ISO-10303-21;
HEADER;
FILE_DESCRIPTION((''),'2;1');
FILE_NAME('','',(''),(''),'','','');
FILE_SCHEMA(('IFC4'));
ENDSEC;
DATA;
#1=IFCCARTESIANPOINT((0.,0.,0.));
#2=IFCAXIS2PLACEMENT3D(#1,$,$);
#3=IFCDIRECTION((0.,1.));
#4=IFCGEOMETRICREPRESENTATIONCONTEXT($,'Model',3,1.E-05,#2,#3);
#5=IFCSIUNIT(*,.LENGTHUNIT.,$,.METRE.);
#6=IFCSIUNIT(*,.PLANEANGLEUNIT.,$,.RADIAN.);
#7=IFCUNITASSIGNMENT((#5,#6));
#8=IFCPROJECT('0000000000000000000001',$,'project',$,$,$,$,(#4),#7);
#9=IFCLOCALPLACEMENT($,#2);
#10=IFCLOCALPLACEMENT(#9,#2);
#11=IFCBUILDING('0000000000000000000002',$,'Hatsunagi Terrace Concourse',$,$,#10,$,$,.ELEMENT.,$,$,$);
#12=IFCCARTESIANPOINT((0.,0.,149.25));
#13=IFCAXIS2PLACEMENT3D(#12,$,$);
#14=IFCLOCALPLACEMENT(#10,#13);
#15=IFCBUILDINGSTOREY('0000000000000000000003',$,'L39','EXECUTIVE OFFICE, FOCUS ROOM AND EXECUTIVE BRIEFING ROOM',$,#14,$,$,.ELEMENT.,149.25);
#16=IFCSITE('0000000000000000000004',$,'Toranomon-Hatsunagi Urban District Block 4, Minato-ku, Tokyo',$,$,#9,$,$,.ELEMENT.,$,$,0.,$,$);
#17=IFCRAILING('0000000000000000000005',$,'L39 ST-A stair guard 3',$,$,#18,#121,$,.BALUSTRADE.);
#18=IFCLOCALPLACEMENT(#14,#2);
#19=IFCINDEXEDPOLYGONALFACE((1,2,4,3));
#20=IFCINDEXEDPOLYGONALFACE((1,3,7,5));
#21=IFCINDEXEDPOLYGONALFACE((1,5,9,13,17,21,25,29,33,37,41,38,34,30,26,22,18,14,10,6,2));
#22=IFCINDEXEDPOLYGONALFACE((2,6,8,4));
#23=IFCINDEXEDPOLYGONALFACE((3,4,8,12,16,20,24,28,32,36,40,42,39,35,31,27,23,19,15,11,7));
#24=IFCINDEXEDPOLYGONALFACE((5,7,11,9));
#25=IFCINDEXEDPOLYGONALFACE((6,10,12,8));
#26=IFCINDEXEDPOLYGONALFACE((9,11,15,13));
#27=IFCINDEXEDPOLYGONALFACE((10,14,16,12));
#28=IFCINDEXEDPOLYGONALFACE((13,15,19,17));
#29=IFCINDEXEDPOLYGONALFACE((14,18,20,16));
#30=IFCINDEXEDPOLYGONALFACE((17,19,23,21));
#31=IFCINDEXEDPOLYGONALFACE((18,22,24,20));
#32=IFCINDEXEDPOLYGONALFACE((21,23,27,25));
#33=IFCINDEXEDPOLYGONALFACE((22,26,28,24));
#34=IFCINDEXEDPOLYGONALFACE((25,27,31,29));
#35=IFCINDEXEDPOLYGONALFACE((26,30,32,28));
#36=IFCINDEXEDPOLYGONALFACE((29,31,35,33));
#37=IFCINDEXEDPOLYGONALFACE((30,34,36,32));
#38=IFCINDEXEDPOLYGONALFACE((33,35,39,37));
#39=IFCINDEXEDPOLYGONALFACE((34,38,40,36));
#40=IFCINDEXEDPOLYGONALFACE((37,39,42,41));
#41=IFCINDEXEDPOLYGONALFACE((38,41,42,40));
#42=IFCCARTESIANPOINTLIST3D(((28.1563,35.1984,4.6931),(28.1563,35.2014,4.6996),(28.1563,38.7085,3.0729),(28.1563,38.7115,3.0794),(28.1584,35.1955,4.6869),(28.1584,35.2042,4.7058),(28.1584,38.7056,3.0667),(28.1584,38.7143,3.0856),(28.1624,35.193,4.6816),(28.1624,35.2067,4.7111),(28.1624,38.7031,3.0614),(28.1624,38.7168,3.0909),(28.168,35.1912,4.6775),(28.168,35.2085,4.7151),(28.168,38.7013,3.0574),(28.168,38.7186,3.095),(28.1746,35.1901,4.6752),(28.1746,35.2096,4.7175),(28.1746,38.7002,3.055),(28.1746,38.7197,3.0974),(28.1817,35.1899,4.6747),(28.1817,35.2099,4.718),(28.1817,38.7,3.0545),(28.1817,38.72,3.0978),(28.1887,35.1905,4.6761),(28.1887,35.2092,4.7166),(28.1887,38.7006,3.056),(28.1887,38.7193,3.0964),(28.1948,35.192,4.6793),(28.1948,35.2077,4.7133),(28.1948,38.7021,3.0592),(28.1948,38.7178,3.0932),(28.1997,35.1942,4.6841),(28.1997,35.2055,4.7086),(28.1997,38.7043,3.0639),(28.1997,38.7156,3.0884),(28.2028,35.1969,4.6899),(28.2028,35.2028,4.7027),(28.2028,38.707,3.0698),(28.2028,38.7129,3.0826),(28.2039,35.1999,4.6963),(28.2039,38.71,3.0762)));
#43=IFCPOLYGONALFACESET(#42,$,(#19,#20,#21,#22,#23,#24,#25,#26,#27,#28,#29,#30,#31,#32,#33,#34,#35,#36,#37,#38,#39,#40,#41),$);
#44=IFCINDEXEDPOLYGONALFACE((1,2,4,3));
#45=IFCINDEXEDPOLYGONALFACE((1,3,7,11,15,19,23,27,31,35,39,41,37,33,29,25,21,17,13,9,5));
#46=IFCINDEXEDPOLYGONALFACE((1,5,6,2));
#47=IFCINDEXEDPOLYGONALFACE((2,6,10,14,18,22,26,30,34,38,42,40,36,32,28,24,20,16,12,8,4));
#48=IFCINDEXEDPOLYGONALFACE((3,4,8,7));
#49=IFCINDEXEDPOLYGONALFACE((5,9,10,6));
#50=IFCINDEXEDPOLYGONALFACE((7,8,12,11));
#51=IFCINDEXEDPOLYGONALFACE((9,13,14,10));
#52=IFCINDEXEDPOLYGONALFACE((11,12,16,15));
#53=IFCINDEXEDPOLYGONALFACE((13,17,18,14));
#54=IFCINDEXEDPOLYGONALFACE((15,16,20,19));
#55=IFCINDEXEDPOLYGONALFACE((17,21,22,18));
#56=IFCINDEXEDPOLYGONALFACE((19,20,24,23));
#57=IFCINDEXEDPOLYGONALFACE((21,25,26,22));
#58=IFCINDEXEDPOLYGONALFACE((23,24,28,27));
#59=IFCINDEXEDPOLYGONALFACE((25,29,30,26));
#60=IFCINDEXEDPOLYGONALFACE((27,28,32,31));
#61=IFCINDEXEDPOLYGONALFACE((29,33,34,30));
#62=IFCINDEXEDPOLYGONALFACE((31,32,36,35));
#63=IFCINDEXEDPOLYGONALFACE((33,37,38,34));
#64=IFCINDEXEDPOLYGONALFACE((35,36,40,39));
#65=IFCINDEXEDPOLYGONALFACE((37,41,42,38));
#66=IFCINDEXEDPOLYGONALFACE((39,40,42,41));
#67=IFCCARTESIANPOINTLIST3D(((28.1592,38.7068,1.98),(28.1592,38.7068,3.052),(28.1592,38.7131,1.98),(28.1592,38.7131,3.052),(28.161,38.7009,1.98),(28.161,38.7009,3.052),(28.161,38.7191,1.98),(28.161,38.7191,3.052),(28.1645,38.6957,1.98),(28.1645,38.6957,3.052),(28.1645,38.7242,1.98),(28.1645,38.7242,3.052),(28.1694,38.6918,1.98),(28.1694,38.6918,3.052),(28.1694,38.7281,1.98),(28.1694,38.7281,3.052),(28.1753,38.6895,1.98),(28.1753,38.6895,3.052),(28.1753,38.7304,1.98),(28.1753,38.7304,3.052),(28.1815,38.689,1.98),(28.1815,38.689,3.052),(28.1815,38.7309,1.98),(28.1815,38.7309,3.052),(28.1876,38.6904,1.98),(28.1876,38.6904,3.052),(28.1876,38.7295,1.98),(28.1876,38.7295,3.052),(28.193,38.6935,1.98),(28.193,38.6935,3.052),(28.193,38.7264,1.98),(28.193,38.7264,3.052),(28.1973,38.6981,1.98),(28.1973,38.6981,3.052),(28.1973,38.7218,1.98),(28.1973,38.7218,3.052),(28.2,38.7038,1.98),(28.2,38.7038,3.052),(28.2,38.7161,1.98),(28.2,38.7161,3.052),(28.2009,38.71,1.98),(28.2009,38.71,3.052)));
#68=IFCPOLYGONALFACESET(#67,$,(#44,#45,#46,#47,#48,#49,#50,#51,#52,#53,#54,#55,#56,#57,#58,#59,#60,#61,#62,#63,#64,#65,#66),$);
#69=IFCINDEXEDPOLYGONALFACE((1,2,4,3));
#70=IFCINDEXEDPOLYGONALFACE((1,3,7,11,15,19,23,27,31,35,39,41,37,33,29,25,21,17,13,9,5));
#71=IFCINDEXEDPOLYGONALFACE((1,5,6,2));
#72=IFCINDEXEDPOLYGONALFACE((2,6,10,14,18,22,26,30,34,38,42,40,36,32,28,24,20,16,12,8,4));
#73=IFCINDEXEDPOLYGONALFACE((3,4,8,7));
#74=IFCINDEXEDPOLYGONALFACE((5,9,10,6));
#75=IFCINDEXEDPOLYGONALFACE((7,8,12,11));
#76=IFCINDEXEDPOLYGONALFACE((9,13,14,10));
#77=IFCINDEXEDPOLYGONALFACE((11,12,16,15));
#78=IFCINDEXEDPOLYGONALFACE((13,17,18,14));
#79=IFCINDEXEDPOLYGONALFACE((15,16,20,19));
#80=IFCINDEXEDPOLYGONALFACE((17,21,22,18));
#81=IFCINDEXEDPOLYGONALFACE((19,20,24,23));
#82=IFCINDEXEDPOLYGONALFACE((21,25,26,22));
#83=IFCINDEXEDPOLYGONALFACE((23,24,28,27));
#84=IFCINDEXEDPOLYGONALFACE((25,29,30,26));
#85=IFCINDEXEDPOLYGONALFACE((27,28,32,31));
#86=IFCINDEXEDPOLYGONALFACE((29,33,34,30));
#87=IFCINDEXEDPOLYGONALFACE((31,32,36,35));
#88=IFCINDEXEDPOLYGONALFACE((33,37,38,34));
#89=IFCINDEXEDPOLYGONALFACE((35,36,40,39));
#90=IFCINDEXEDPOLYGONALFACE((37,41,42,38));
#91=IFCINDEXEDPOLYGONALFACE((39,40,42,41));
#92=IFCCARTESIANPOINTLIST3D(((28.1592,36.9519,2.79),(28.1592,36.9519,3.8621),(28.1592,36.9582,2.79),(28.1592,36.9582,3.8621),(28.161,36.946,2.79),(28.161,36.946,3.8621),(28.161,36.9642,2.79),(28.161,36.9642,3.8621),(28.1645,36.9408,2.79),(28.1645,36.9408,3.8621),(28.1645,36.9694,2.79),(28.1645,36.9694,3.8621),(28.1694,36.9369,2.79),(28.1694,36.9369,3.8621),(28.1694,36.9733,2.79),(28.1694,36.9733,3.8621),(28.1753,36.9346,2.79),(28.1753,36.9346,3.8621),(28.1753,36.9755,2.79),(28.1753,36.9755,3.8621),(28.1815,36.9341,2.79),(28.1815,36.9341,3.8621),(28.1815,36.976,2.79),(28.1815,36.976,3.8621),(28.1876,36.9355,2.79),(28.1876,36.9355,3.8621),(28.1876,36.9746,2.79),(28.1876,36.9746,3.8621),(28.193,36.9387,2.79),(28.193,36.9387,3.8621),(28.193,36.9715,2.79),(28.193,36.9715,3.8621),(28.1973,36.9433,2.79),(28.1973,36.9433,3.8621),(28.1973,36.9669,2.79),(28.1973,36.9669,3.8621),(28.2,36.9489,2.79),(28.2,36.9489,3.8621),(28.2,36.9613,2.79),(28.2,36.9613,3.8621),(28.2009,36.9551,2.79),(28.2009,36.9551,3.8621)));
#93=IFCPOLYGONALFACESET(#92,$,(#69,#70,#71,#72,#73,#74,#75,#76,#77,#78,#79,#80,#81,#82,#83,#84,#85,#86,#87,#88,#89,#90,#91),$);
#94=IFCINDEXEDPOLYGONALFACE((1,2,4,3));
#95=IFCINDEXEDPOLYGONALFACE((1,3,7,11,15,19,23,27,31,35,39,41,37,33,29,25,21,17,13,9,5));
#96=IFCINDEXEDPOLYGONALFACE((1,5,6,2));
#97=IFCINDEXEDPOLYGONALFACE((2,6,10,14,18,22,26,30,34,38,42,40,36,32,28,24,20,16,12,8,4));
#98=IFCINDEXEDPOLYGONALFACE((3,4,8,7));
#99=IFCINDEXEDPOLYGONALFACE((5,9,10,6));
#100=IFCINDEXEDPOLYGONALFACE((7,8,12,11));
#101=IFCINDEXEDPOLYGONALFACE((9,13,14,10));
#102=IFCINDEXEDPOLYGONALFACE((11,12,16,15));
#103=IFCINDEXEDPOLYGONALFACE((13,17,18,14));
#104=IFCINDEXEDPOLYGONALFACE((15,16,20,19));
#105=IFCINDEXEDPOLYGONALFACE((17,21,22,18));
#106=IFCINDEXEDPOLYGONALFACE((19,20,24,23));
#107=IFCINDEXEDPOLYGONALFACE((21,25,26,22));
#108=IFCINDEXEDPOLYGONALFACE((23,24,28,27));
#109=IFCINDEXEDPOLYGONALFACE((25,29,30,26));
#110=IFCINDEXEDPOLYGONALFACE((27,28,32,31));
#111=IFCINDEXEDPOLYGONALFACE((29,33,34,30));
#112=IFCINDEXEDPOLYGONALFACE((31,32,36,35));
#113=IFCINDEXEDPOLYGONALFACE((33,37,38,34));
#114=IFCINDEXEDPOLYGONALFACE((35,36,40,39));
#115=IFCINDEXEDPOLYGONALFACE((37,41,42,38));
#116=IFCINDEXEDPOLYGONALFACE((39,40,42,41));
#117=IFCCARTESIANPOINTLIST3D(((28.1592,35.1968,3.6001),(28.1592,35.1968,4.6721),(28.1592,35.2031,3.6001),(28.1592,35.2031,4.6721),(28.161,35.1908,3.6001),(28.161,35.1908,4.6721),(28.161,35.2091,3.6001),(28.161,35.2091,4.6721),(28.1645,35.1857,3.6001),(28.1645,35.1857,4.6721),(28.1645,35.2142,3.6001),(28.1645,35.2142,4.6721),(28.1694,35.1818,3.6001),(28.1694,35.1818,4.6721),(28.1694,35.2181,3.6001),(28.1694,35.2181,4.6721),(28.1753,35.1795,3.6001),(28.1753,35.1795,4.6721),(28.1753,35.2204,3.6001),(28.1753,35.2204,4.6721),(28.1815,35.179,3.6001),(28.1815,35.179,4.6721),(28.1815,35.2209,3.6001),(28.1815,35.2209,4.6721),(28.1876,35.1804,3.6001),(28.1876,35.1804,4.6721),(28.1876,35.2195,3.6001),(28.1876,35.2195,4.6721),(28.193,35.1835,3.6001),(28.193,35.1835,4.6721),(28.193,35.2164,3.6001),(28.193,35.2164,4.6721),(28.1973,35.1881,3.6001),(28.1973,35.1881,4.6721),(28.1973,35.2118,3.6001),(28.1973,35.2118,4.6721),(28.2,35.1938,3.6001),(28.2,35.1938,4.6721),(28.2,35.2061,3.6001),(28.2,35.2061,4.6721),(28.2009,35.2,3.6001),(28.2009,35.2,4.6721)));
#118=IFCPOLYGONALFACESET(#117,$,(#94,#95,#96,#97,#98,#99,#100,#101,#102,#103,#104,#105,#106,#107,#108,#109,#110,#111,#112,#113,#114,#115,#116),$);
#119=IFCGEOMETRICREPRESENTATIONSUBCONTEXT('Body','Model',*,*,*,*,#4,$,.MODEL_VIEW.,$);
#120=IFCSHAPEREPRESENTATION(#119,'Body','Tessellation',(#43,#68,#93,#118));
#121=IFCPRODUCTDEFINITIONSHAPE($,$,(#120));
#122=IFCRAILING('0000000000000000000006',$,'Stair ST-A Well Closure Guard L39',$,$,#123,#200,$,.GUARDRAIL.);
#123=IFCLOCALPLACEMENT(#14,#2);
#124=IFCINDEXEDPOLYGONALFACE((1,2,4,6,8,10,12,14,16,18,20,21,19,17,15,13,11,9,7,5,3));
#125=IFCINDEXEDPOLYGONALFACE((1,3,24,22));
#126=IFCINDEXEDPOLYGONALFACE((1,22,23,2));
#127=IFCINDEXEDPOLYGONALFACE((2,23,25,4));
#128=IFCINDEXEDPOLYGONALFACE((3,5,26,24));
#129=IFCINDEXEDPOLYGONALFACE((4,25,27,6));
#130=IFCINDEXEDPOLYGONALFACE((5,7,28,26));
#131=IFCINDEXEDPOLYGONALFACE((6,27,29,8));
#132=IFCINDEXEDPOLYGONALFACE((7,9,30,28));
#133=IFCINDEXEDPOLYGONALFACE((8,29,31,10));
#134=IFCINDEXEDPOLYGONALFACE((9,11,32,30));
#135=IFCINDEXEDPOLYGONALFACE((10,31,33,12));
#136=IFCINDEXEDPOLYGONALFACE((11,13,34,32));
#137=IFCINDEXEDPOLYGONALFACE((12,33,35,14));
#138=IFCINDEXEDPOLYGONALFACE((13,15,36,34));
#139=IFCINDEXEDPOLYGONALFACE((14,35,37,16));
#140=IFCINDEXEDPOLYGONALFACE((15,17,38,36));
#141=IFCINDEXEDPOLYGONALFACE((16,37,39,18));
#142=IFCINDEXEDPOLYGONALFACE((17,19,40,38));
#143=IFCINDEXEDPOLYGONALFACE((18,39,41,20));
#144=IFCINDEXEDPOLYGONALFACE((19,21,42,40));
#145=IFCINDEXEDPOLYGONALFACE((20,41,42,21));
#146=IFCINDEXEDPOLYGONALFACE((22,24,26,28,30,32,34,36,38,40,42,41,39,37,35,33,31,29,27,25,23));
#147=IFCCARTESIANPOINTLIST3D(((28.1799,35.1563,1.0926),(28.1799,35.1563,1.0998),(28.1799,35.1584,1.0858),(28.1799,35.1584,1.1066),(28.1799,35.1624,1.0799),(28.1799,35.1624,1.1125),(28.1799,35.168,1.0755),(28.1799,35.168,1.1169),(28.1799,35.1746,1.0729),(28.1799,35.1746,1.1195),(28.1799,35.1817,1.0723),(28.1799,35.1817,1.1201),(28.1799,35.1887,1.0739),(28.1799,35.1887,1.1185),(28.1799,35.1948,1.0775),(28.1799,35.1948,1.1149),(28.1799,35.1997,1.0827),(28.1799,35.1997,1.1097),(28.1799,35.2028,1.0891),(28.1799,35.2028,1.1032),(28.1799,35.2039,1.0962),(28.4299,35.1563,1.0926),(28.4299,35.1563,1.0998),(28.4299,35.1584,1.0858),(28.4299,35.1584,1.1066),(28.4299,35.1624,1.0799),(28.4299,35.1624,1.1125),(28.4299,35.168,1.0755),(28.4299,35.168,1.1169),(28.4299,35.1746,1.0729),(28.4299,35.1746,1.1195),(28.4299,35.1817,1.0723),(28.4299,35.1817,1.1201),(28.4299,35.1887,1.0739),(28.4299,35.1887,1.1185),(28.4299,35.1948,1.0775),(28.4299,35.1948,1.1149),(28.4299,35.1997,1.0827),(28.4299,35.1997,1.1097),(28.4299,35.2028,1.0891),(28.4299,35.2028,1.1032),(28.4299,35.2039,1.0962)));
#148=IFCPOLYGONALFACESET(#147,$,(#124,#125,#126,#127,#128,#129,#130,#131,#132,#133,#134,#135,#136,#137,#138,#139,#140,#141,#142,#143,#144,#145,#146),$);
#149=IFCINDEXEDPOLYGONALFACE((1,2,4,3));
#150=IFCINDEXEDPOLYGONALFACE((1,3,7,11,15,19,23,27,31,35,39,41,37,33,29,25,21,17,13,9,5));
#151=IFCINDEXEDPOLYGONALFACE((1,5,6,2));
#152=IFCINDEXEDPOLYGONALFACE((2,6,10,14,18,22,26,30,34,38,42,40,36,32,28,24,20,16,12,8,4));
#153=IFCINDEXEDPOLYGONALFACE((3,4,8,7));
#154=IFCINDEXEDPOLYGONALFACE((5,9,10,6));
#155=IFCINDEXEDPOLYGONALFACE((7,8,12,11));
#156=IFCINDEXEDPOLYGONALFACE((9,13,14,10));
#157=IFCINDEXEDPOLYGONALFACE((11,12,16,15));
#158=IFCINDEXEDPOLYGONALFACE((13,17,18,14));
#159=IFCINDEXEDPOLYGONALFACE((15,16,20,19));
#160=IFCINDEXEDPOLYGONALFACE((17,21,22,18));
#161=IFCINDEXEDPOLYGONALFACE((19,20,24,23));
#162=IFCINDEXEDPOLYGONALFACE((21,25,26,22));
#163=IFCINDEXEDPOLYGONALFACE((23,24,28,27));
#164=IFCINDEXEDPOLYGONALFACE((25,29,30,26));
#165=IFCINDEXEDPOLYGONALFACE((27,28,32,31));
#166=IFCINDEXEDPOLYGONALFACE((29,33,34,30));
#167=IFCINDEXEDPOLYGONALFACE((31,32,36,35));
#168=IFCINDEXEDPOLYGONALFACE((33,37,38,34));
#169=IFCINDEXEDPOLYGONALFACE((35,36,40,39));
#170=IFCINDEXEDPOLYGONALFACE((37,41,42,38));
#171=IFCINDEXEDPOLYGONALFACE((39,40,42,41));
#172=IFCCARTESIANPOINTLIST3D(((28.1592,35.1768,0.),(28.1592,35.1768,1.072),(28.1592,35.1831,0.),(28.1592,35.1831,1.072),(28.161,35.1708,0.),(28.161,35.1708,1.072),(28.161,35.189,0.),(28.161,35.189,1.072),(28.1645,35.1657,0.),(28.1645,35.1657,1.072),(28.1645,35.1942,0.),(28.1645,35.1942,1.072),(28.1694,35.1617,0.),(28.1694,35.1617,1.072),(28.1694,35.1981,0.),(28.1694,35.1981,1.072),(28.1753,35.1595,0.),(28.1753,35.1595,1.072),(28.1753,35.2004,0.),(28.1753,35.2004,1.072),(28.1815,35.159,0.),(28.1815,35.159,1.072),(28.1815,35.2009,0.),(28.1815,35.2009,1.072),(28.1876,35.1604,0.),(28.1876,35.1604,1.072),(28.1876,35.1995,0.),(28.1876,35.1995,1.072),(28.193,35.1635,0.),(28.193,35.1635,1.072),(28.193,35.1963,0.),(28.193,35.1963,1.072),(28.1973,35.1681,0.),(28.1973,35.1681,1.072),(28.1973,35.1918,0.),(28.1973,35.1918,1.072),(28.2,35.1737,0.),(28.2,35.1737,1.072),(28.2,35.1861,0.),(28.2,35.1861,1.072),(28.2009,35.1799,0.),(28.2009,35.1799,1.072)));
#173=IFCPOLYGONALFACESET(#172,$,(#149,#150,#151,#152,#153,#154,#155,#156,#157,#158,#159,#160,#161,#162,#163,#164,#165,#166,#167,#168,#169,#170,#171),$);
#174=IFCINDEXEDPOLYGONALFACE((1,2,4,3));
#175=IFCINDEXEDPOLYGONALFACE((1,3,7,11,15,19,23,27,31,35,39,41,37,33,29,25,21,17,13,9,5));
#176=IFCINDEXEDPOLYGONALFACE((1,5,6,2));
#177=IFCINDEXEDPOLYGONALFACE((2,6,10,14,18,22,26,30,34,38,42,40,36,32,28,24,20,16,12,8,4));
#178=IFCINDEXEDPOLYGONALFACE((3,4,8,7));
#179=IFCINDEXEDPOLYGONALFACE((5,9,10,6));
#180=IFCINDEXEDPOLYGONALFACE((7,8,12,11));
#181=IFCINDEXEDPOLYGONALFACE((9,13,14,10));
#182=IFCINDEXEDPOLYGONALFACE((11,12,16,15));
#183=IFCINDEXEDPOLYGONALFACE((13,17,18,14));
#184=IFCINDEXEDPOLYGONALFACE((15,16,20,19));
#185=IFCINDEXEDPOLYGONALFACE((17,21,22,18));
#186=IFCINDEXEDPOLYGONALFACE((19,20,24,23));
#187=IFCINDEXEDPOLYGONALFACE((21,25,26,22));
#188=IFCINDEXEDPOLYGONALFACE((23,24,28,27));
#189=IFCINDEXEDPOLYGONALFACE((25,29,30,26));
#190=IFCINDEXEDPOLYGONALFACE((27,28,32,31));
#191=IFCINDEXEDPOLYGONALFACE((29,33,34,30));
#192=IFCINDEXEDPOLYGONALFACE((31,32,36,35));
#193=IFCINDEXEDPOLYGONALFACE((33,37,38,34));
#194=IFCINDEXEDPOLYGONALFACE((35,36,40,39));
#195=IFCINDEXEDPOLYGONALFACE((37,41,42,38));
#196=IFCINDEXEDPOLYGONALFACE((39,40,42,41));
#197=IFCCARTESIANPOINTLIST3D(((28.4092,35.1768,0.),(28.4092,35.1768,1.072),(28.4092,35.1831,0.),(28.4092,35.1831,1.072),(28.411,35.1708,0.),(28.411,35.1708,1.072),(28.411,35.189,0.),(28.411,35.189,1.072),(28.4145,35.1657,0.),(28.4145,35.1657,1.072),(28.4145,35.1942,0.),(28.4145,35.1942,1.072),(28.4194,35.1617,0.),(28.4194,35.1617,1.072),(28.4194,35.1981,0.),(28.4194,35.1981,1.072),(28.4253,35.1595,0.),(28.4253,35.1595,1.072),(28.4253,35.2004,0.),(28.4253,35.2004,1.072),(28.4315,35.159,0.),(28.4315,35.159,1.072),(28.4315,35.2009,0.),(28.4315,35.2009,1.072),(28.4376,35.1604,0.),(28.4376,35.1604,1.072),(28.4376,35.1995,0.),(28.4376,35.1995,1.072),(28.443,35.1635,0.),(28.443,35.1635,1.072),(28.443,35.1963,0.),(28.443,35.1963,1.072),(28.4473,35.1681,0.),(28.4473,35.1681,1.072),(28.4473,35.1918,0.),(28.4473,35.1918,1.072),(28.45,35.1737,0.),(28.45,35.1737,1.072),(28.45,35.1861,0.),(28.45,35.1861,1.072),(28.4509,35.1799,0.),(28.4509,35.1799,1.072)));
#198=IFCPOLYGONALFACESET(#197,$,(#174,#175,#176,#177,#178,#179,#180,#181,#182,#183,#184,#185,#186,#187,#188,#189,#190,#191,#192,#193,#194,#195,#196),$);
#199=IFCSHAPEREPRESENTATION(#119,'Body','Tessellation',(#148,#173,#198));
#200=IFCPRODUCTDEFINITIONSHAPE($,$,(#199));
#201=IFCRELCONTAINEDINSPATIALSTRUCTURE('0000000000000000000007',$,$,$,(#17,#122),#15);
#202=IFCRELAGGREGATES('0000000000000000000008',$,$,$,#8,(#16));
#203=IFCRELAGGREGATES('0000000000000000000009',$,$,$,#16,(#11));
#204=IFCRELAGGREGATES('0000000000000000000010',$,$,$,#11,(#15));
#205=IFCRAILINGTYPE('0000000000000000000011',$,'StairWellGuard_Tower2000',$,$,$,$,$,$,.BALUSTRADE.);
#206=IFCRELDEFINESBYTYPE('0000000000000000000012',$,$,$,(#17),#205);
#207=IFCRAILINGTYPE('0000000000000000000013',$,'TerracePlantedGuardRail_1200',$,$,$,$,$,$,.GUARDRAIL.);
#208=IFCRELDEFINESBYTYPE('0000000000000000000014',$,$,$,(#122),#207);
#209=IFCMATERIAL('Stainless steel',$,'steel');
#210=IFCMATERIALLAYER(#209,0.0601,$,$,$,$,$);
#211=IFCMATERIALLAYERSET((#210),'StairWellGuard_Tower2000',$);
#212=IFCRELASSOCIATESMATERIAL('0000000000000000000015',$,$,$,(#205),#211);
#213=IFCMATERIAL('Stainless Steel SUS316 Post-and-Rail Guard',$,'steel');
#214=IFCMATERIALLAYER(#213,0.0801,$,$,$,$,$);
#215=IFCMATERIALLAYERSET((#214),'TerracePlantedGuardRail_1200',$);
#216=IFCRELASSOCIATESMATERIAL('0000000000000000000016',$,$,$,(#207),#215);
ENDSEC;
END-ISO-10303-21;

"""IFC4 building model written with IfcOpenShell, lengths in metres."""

from ifc_helpers import new_model, si_unit, direction, frame, origin, origin_2d, place, context, subcontext, project, spatial, circle, extrude, material, layer, layer_set, type_object, element, save


model = new_model("IFC4")

# Units and contexts
model_context = context("Model", 3, precision=1e-05, world=origin(), true_north=direction((0.0, 1.0)))
body_context = subcontext(model_context, "Body", "Model", "MODEL_VIEW")
ifc_project = project(units=[si_unit("LENGTHUNIT", "METRE"), si_unit("PLANEANGLEUNIT", "RADIAN")], contexts=[model_context])

# Site, building, storey
site_placement = place(None, origin())
site = spatial("IfcSite", under=ifc_project, at=site_placement, Name="Toranomon-Hatsunagi Urban District Block 4, Minato-ku, Tokyo", CompositionType="ELEMENT", RefElevation=0.0)
building_placement = place(site_placement, origin())
building = spatial("IfcBuilding", under=site, at=building_placement, Name="Hatsunagi Terrace Concourse", CompositionType="ELEMENT")
storey_placement = place(building_placement, frame((0.0, 0.0, 149.25)))
storey = spatial("IfcBuildingStorey", under=building, at=storey_placement, Name="L39", Description="EXECUTIVE OFFICE, FOCUS ROOM AND EXECUTIVE BRIEFING ROOM", CompositionType="ELEMENT", Elevation=149.25)

# Railings
ifc_material_1 = material(Name="Stainless steel", Category="steel")
ifc_layer_1 = layer(ifc_material_1, 0.0601)
ifc_layer_set_1 = layer_set([ifc_layer_1], Name="StairWellGuard_Tower2000")
railing_type_1 = type_object("IfcRailingType", Name="StairWellGuard_Tower2000", PredefinedType="BALUSTRADE", material=ifc_layer_set_1)
railing_1_placement = place(storey_placement, frame((28.1799, 38.71, 1.98)))
element("IfcRailing", 1, at=railing_1_placement, inside=storey, type_object=railing_type_1, Name="L39 ST-A stair guard 3", PredefinedType="BALUSTRADE", context=body_context, shape_type="SweptSolid", body=[
    extrude(circle(Radius=0.0239, at=origin_2d()), frame((0.0, 0.0, 1.0962), z_axis=(0.0, -0.907948, 0.419082), x_axis=(1.0, 0.0, 0.0)), (0.0, 0.0, 1.0), 3.866),
    extrude(circle(Radius=0.021, at=origin_2d()), origin(), (0.0, 0.0, 1.0), 1.072),
    extrude(circle(Radius=0.021, at=origin_2d()), frame((0.0, -1.7549, 0.8101)), (0.0, 0.0, 1.0), 1.072),
    extrude(circle(Radius=0.021, at=origin_2d()), frame((0.0, -3.51, 1.6201)), (0.0, 0.0, 1.0), 1.072),
])
ifc_material_2 = material(Name="Stainless Steel SUS316 Post-and-Rail Guard", Category="steel")
ifc_layer_2 = layer(ifc_material_2, 0.0801)
ifc_layer_set_2 = layer_set([ifc_layer_2], Name="TerracePlantedGuardRail_1200")
railing_type_2 = type_object("IfcRailingType", Name="TerracePlantedGuardRail_1200", PredefinedType="GUARDRAIL", material=ifc_layer_set_2)
railing_2_placement = place(storey_placement, frame((28.1799, 35.1799, 0.0)))
element("IfcRailing", 2, at=railing_2_placement, inside=storey, type_object=railing_type_2, Name="Stair ST-A Well Closure Guard L39", PredefinedType="GUARDRAIL", context=body_context, shape_type="SweptSolid", body=[
    extrude(circle(Radius=0.0239, at=origin_2d()), frame((0.0, 0.0, 1.0962), z_axis=(1.0, 0.0, 0.0), x_axis=(0.0, 1.0, 0.0)), (0.0, 0.0, 1.0), 0.25),
    extrude(circle(Radius=0.021, at=origin_2d()), origin(), (0.0, 0.0, 1.0), 1.072),
    extrude(circle(Radius=0.021, at=origin_2d()), frame((0.25, 0.0, 0.0)), (0.0, 0.0, 1.0), 1.072),
])

save(model, "model.ifc")
